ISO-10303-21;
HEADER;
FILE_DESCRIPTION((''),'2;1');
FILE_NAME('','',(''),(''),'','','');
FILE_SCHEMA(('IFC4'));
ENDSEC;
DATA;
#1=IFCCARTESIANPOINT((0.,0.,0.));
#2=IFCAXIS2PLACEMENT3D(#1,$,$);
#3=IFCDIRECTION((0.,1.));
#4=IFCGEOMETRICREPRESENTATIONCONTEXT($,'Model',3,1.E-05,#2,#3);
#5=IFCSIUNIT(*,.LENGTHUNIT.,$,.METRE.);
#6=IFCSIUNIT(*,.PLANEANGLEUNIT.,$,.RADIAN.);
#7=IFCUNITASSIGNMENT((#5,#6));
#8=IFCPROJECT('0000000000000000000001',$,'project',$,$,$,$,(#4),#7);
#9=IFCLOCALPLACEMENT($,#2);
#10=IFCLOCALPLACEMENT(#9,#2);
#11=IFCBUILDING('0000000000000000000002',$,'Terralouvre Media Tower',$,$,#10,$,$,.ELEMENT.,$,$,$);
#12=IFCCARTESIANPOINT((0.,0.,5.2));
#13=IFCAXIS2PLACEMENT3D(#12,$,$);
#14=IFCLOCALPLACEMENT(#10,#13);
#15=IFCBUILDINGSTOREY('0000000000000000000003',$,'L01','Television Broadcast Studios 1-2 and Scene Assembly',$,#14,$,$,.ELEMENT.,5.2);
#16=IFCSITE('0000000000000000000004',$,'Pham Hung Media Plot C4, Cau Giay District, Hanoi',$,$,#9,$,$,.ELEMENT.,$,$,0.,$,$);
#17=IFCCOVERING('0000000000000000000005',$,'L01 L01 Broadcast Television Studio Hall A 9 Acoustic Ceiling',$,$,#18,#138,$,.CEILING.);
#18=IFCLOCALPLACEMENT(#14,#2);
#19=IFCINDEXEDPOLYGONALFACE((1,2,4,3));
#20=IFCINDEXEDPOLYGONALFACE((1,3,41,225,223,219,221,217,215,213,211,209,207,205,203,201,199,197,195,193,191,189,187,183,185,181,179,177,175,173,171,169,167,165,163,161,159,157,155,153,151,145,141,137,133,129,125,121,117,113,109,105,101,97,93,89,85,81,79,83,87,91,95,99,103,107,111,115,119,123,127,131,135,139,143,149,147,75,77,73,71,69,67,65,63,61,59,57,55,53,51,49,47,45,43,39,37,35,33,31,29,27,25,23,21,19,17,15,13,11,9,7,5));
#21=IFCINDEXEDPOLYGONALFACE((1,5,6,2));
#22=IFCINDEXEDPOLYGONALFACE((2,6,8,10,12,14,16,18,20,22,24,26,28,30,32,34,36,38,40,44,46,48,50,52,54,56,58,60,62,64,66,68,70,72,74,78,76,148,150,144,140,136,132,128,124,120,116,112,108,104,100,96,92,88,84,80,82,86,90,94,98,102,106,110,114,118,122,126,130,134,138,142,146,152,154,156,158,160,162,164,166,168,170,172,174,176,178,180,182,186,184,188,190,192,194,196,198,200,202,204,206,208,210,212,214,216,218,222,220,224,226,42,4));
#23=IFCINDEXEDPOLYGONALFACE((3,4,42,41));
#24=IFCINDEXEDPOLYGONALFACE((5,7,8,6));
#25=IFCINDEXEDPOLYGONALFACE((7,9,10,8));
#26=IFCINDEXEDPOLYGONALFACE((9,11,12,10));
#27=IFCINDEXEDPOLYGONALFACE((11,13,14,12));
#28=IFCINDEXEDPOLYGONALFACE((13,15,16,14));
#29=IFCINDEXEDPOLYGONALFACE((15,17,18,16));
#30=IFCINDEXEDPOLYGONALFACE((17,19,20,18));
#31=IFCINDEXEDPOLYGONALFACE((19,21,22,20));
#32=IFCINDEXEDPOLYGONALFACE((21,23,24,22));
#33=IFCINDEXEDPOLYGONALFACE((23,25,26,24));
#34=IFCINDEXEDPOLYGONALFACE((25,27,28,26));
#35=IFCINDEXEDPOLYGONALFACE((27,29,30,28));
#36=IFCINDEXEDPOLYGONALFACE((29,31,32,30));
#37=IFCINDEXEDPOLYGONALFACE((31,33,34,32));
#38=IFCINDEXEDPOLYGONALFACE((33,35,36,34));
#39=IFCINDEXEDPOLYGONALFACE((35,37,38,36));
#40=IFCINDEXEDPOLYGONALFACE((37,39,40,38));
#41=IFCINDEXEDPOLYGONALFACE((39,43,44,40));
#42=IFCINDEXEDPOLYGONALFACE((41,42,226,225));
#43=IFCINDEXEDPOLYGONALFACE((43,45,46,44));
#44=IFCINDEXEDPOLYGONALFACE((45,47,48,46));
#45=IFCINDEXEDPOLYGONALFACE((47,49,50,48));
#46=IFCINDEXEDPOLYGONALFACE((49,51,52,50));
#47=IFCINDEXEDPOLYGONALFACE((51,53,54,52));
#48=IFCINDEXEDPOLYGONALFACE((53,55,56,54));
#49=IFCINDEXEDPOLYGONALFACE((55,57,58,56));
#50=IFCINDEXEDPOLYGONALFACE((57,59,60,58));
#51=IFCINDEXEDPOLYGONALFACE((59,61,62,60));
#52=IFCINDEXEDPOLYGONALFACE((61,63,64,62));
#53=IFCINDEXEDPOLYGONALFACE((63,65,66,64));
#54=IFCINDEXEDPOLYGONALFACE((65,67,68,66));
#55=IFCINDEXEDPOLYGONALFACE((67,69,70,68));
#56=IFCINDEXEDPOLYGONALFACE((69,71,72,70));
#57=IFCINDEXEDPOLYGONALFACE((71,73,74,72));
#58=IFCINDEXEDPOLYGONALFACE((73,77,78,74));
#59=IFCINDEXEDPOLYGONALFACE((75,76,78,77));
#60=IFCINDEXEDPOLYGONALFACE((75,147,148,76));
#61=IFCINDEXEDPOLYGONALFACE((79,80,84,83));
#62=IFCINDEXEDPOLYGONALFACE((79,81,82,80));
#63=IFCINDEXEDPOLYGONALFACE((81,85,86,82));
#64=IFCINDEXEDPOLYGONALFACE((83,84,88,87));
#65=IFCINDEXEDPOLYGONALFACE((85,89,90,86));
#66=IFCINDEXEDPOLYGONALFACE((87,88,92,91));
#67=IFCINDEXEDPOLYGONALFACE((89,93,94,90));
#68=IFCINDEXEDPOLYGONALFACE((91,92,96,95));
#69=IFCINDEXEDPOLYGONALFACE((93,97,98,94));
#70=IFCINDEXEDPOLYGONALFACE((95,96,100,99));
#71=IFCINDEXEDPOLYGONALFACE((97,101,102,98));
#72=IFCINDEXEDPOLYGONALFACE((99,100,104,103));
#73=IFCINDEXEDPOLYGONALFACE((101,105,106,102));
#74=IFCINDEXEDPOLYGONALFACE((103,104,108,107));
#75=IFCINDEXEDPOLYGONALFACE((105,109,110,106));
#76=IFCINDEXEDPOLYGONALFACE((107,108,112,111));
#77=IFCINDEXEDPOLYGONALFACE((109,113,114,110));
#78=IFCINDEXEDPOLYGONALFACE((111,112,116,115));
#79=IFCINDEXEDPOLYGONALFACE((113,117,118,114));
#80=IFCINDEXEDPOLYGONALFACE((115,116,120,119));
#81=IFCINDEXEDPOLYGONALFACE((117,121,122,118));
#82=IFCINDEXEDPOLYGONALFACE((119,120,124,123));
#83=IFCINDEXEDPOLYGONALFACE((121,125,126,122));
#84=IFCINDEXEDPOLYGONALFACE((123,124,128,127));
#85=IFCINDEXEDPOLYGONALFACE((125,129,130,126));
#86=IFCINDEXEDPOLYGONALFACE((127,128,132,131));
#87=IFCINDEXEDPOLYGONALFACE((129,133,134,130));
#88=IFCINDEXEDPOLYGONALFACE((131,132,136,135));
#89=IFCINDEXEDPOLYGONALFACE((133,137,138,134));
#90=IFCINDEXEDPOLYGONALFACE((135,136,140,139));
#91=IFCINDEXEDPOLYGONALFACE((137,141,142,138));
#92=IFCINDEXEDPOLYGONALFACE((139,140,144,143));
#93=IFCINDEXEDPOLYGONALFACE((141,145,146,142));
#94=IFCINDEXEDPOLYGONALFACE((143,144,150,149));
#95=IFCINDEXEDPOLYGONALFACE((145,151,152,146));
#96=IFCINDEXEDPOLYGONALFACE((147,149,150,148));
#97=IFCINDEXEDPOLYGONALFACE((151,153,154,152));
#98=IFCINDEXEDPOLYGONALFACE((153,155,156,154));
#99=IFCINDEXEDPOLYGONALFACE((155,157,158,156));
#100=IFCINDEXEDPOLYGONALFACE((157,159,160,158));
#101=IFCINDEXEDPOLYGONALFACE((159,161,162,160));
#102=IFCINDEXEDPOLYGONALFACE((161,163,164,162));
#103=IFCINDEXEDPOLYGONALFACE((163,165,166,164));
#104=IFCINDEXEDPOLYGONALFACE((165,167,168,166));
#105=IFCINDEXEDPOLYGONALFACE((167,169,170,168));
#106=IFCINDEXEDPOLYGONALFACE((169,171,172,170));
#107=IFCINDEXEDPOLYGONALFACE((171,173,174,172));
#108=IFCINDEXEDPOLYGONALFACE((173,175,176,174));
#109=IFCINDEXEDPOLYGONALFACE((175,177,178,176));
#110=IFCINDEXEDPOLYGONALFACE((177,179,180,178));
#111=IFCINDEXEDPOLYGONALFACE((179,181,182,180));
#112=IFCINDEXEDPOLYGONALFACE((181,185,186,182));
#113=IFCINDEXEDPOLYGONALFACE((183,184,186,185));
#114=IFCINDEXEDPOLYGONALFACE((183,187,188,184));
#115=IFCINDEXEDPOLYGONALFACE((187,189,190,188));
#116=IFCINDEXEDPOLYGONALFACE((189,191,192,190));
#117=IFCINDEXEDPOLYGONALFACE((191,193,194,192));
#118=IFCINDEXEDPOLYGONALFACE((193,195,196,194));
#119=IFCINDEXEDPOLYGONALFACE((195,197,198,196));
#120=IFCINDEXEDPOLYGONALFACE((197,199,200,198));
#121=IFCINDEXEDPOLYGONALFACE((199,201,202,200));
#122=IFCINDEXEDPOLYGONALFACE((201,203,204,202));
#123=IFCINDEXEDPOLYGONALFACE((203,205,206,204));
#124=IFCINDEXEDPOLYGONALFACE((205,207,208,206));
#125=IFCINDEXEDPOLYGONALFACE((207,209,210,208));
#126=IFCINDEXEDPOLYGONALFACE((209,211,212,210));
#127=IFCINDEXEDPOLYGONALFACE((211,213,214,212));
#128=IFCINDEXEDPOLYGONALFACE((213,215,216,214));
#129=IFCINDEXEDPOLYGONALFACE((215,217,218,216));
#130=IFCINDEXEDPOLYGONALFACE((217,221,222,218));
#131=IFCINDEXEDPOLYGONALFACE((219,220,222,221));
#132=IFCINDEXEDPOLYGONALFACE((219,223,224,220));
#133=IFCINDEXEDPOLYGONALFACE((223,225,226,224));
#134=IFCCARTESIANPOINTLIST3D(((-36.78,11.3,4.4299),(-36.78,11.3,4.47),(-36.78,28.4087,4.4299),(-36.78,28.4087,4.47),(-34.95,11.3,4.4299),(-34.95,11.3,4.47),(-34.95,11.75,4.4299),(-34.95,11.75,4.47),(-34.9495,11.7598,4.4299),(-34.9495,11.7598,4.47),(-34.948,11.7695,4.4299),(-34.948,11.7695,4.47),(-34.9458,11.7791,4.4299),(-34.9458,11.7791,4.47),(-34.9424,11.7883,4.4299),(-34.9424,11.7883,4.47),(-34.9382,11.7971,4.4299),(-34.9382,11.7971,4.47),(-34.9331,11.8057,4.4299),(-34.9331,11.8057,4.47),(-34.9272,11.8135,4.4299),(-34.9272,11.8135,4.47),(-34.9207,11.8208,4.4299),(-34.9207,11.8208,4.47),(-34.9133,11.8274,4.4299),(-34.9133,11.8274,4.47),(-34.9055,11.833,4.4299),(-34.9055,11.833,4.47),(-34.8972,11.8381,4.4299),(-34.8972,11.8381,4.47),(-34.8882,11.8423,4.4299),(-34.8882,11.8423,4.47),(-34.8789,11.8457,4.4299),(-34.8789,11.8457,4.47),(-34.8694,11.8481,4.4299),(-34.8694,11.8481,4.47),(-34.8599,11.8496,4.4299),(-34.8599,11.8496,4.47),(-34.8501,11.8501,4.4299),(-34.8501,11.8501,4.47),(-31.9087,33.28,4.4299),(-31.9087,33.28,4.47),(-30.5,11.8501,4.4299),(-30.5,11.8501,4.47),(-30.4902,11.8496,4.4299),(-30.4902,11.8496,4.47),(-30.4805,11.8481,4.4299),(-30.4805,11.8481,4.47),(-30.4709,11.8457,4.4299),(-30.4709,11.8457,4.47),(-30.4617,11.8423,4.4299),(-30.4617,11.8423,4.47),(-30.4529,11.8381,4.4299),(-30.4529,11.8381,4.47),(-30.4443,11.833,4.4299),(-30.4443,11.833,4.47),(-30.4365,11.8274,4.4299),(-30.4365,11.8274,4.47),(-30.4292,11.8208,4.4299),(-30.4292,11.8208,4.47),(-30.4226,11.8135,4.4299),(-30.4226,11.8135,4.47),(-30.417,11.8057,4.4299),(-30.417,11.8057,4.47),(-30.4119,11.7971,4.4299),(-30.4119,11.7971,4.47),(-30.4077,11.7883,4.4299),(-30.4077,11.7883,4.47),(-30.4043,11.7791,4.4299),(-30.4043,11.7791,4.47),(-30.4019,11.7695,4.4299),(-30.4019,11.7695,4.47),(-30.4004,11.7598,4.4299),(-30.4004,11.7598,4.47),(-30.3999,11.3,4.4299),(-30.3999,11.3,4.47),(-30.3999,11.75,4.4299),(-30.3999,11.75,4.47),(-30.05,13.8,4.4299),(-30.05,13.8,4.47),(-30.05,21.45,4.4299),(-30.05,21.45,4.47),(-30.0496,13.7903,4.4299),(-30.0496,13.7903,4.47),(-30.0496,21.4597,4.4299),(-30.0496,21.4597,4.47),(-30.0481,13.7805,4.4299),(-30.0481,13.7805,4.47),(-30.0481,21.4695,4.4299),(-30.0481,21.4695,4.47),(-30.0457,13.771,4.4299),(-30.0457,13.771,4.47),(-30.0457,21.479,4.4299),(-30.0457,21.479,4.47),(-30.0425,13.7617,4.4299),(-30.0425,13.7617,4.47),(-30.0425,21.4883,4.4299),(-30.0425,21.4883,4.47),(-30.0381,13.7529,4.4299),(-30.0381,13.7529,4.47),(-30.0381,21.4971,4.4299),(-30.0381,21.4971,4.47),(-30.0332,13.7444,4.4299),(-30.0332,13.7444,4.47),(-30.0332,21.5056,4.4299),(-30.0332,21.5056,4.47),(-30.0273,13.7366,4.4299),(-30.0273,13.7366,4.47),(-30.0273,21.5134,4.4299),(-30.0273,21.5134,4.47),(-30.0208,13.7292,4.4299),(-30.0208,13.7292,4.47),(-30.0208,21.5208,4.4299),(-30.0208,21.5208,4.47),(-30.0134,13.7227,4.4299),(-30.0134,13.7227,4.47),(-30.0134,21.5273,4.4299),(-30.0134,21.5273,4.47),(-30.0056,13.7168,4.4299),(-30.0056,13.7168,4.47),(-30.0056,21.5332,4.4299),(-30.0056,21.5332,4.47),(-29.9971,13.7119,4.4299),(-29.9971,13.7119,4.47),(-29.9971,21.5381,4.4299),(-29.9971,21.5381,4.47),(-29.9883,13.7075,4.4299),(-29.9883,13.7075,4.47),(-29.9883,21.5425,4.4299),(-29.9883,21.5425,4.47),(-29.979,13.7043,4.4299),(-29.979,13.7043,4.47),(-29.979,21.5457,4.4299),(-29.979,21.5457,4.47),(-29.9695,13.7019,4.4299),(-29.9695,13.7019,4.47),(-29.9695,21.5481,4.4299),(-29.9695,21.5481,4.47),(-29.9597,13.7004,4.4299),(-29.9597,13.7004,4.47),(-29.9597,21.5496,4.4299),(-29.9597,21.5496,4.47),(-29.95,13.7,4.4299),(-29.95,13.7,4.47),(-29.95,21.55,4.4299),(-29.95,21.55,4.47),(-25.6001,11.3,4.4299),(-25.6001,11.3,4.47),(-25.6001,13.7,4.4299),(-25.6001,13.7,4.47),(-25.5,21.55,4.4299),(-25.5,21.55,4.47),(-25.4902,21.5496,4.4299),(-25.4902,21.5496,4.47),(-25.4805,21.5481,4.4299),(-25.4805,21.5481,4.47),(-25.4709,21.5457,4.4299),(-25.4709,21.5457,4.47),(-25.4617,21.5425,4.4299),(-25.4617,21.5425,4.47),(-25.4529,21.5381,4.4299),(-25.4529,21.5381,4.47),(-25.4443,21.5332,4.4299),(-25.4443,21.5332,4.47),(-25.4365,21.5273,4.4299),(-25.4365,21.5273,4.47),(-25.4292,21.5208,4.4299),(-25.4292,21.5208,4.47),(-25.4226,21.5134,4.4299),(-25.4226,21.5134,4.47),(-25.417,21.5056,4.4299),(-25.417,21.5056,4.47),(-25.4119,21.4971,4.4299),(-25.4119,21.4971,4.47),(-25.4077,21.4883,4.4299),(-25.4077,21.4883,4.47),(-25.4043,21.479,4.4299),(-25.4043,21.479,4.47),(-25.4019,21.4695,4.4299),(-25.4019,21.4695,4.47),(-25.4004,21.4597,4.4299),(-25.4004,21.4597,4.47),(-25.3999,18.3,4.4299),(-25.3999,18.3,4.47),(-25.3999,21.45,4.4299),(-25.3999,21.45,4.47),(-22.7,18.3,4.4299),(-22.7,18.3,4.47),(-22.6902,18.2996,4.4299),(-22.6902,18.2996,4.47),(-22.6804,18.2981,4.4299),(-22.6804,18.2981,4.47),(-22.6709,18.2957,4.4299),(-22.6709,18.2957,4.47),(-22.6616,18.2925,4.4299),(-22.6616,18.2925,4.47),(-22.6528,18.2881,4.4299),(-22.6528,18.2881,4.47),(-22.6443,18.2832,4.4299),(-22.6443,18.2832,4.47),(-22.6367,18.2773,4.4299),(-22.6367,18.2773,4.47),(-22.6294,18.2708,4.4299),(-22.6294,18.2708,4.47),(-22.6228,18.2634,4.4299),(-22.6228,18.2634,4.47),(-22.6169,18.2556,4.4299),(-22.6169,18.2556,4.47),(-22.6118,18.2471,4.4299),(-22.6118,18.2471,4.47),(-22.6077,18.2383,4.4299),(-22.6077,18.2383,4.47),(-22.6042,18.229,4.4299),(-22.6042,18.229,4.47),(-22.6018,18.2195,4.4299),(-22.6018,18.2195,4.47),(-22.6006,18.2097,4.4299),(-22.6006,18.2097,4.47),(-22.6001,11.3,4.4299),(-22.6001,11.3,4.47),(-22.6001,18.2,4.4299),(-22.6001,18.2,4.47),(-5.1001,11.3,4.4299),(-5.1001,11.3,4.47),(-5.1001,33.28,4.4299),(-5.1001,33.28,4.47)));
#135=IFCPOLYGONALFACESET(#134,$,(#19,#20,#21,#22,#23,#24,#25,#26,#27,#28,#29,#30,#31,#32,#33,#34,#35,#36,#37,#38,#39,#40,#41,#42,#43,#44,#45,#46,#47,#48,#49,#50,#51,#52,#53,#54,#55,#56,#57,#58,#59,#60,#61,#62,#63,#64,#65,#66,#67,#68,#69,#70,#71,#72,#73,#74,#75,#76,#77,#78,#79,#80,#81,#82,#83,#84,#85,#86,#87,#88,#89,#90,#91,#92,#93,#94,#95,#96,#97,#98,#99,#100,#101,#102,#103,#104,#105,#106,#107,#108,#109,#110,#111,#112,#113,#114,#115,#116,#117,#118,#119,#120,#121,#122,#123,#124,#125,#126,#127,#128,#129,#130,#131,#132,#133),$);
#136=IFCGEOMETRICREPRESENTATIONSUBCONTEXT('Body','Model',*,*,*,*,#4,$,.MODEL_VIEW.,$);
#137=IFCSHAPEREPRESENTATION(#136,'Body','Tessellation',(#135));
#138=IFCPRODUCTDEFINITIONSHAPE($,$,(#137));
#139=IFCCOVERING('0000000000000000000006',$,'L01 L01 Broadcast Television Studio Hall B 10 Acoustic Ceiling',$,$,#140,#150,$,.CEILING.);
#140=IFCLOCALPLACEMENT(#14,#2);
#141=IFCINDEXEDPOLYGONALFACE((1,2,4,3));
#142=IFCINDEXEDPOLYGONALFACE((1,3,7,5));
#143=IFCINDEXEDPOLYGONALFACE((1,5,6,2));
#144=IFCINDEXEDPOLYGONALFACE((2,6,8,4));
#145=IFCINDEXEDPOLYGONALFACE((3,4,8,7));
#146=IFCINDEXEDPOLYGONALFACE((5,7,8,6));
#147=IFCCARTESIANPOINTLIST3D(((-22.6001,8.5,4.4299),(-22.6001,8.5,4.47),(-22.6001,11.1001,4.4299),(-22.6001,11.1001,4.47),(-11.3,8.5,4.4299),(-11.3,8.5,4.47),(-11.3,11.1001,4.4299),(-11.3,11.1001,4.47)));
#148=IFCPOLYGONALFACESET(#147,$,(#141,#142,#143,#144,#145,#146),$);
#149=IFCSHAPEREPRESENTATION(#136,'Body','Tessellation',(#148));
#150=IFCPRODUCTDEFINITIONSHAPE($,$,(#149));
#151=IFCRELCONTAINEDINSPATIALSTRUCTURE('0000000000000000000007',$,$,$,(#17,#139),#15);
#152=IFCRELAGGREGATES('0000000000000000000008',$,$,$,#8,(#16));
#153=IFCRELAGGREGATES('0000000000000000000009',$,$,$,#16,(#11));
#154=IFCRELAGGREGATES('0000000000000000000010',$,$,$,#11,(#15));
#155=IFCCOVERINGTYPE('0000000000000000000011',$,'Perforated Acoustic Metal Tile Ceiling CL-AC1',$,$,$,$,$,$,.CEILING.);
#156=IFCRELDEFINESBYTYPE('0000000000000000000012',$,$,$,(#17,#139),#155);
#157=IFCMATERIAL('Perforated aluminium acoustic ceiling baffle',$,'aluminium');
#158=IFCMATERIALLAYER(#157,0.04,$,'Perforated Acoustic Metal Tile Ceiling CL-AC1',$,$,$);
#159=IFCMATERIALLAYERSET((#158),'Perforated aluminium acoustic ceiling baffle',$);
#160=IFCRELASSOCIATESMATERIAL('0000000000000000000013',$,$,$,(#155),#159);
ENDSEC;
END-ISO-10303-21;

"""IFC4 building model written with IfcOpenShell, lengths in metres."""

from ifc_helpers import new_model, si_unit, direction, frame, origin, place, context, subcontext, project, spatial, polyline, outline, extrude, material, layer, layer_set, type_object, element, save


model = new_model("IFC4")

# Units and contexts
model_context = context("Model", 3, precision=1e-05, world=origin(), true_north=direction((0.0, 1.0)))
body_context = subcontext(model_context, "Body", "Model", "MODEL_VIEW")
ifc_project = project(units=[si_unit("LENGTHUNIT", "METRE"), si_unit("PLANEANGLEUNIT", "RADIAN")], contexts=[model_context])

# Site, building, storey
site_placement = place(None, origin())
site = spatial("IfcSite", under=ifc_project, at=site_placement, Name="Pham Hung Media Plot C4, Cau Giay District, Hanoi", CompositionType="ELEMENT", RefElevation=0.0)
building_placement = place(site_placement, origin())
building = spatial("IfcBuilding", under=site, at=building_placement, Name="Terralouvre Media Tower", CompositionType="ELEMENT")
storey_placement = place(building_placement, frame((0.0, 0.0, 5.2)))
storey = spatial("IfcBuildingStorey", under=building, at=storey_placement, Name="L01", Description="Television Broadcast Studios 1-2 and Scene Assembly", CompositionType="ELEMENT", Elevation=5.2)

# Coverings
ifc_material_1 = material(Name="Perforated aluminium acoustic ceiling baffle", Category="aluminium")
ifc_layer_1 = layer(ifc_material_1, 0.04, Name="Perforated Acoustic Metal Tile Ceiling CL-AC1")
ifc_layer_set_1 = layer_set([ifc_layer_1], Name="Perforated aluminium acoustic ceiling baffle")
covering_type_1 = type_object("IfcCoveringType", Name="Perforated Acoustic Metal Tile Ceiling CL-AC1", PredefinedType="CEILING", material=ifc_layer_set_1)
covering_1_placement = place(storey_placement, frame((0.0, 0.0, 4.4299)))
element("IfcCovering", 1, at=covering_1_placement, inside=storey, type_object=covering_type_1, Name="L01 L01 Broadcast Television Studio Hall A 9 Acoustic Ceiling", PredefinedType="CEILING", context=body_context, shape_type="SweptSolid", body=[
    extrude(outline(polyline([(-34.95, 11.75), (-34.9495, 11.7598), (-34.948, 11.7695), (-34.9458, 11.7791), (-34.9424, 11.7883), (-34.9382, 11.7971), (-34.9331, 11.8057), (-34.9272, 11.8135), (-34.9207, 11.8208), (-34.9133, 11.8274), (-34.9055, 11.833), (-34.8972, 11.8381), (-34.8882, 11.8423), (-34.8789, 11.8457), (-34.8694, 11.8481), (-34.8599, 11.8496), (-34.8501, 11.8501), (-30.5, 11.8501), (-30.4902, 11.8496), (-30.4805, 11.8481), (-30.4709, 11.8457), (-30.4617, 11.8423), (-30.4529, 11.8381), (-30.4443, 11.833), (-30.4365, 11.8274), (-30.4292, 11.8208), (-30.4226, 11.8135), (-30.417, 11.8057), (-30.4119, 11.7971), (-30.4077, 11.7883), (-30.4043, 11.7791), (-30.4019, 11.7695), (-30.4004, 11.7598), (-30.3999, 11.75), (-30.3999, 11.3), (-25.6001, 11.3), (-25.6001, 13.7), (-29.95, 13.7), (-29.9597, 13.7004), (-29.9695, 13.7019), (-29.979, 13.7043), (-29.9883, 13.7075), (-29.9971, 13.7119), (-30.0056, 13.7168), (-30.0134, 13.7227), (-30.0208, 13.7292), (-30.0273, 13.7366), (-30.0332, 13.7444), (-30.0381, 13.7529), (-30.0425, 13.7617), (-30.0457, 13.771), (-30.0481, 13.7805), (-30.0496, 13.7903), (-30.05, 13.8), (-30.05, 21.45), (-30.0496, 21.4597), (-30.0481, 21.4695), (-30.0457, 21.479), (-30.0425, 21.4883), (-30.0381, 21.4971), (-30.0332, 21.5056), (-30.0273, 21.5134), (-30.0208, 21.5208), (-30.0134, 21.5273), (-30.0056, 21.5332), (-29.9971, 21.5381), (-29.9883, 21.5425), (-29.979, 21.5457), (-29.9695, 21.5481), (-29.9597, 21.5496), (-29.95, 21.55), (-25.5, 21.55), (-25.4902, 21.5496), (-25.4805, 21.5481), (-25.4709, 21.5457), (-25.4617, 21.5425), (-25.4529, 21.5381), (-25.4443, 21.5332), (-25.4365, 21.5273), (-25.4292, 21.5208), (-25.4226, 21.5134), (-25.417, 21.5056), (-25.4119, 21.4971), (-25.4077, 21.4883), (-25.4043, 21.479), (-25.4019, 21.4695), (-25.4004, 21.4597), (-25.3999, 21.45), (-25.3999, 18.3), (-22.7, 18.3), (-22.6902, 18.2996), (-22.6804, 18.2981), (-22.6709, 18.2957), (-22.6616, 18.2925), (-22.6528, 18.2881), (-22.6443, 18.2832), (-22.6367, 18.2773), (-22.6294, 18.2708), (-22.6228, 18.2634), (-22.6169, 18.2556), (-22.6118, 18.2471), (-22.6077, 18.2383), (-22.6042, 18.229), (-22.6018, 18.2195), (-22.6006, 18.2097), (-22.6001, 18.2), (-22.6001, 11.3), (-5.1001, 11.3), (-5.1001, 33.28), (-31.9087, 33.28), (-36.78, 28.4087), (-36.78, 11.3), (-34.95, 11.3), (-34.95, 11.75)])), origin(), (0.0, 0.0, 1.0), 0.04),
])
covering_2_placement = place(storey_placement, frame((0.0, 0.0, 4.4299)))
element("IfcCovering", 2, at=covering_2_placement, inside=storey, type_object=covering_type_1, Name="L01 L01 Broadcast Television Studio Hall B 10 Acoustic Ceiling", PredefinedType="CEILING", context=body_context, shape_type="SweptSolid", body=[
    extrude(outline(polyline([(-22.6001, 8.5), (-11.3, 8.5), (-11.3, 11.1001), (-22.6001, 11.1001), (-22.6001, 8.5)])), origin(), (0.0, 0.0, 1.0), 0.04),
])

save(model, "model.ifc")
